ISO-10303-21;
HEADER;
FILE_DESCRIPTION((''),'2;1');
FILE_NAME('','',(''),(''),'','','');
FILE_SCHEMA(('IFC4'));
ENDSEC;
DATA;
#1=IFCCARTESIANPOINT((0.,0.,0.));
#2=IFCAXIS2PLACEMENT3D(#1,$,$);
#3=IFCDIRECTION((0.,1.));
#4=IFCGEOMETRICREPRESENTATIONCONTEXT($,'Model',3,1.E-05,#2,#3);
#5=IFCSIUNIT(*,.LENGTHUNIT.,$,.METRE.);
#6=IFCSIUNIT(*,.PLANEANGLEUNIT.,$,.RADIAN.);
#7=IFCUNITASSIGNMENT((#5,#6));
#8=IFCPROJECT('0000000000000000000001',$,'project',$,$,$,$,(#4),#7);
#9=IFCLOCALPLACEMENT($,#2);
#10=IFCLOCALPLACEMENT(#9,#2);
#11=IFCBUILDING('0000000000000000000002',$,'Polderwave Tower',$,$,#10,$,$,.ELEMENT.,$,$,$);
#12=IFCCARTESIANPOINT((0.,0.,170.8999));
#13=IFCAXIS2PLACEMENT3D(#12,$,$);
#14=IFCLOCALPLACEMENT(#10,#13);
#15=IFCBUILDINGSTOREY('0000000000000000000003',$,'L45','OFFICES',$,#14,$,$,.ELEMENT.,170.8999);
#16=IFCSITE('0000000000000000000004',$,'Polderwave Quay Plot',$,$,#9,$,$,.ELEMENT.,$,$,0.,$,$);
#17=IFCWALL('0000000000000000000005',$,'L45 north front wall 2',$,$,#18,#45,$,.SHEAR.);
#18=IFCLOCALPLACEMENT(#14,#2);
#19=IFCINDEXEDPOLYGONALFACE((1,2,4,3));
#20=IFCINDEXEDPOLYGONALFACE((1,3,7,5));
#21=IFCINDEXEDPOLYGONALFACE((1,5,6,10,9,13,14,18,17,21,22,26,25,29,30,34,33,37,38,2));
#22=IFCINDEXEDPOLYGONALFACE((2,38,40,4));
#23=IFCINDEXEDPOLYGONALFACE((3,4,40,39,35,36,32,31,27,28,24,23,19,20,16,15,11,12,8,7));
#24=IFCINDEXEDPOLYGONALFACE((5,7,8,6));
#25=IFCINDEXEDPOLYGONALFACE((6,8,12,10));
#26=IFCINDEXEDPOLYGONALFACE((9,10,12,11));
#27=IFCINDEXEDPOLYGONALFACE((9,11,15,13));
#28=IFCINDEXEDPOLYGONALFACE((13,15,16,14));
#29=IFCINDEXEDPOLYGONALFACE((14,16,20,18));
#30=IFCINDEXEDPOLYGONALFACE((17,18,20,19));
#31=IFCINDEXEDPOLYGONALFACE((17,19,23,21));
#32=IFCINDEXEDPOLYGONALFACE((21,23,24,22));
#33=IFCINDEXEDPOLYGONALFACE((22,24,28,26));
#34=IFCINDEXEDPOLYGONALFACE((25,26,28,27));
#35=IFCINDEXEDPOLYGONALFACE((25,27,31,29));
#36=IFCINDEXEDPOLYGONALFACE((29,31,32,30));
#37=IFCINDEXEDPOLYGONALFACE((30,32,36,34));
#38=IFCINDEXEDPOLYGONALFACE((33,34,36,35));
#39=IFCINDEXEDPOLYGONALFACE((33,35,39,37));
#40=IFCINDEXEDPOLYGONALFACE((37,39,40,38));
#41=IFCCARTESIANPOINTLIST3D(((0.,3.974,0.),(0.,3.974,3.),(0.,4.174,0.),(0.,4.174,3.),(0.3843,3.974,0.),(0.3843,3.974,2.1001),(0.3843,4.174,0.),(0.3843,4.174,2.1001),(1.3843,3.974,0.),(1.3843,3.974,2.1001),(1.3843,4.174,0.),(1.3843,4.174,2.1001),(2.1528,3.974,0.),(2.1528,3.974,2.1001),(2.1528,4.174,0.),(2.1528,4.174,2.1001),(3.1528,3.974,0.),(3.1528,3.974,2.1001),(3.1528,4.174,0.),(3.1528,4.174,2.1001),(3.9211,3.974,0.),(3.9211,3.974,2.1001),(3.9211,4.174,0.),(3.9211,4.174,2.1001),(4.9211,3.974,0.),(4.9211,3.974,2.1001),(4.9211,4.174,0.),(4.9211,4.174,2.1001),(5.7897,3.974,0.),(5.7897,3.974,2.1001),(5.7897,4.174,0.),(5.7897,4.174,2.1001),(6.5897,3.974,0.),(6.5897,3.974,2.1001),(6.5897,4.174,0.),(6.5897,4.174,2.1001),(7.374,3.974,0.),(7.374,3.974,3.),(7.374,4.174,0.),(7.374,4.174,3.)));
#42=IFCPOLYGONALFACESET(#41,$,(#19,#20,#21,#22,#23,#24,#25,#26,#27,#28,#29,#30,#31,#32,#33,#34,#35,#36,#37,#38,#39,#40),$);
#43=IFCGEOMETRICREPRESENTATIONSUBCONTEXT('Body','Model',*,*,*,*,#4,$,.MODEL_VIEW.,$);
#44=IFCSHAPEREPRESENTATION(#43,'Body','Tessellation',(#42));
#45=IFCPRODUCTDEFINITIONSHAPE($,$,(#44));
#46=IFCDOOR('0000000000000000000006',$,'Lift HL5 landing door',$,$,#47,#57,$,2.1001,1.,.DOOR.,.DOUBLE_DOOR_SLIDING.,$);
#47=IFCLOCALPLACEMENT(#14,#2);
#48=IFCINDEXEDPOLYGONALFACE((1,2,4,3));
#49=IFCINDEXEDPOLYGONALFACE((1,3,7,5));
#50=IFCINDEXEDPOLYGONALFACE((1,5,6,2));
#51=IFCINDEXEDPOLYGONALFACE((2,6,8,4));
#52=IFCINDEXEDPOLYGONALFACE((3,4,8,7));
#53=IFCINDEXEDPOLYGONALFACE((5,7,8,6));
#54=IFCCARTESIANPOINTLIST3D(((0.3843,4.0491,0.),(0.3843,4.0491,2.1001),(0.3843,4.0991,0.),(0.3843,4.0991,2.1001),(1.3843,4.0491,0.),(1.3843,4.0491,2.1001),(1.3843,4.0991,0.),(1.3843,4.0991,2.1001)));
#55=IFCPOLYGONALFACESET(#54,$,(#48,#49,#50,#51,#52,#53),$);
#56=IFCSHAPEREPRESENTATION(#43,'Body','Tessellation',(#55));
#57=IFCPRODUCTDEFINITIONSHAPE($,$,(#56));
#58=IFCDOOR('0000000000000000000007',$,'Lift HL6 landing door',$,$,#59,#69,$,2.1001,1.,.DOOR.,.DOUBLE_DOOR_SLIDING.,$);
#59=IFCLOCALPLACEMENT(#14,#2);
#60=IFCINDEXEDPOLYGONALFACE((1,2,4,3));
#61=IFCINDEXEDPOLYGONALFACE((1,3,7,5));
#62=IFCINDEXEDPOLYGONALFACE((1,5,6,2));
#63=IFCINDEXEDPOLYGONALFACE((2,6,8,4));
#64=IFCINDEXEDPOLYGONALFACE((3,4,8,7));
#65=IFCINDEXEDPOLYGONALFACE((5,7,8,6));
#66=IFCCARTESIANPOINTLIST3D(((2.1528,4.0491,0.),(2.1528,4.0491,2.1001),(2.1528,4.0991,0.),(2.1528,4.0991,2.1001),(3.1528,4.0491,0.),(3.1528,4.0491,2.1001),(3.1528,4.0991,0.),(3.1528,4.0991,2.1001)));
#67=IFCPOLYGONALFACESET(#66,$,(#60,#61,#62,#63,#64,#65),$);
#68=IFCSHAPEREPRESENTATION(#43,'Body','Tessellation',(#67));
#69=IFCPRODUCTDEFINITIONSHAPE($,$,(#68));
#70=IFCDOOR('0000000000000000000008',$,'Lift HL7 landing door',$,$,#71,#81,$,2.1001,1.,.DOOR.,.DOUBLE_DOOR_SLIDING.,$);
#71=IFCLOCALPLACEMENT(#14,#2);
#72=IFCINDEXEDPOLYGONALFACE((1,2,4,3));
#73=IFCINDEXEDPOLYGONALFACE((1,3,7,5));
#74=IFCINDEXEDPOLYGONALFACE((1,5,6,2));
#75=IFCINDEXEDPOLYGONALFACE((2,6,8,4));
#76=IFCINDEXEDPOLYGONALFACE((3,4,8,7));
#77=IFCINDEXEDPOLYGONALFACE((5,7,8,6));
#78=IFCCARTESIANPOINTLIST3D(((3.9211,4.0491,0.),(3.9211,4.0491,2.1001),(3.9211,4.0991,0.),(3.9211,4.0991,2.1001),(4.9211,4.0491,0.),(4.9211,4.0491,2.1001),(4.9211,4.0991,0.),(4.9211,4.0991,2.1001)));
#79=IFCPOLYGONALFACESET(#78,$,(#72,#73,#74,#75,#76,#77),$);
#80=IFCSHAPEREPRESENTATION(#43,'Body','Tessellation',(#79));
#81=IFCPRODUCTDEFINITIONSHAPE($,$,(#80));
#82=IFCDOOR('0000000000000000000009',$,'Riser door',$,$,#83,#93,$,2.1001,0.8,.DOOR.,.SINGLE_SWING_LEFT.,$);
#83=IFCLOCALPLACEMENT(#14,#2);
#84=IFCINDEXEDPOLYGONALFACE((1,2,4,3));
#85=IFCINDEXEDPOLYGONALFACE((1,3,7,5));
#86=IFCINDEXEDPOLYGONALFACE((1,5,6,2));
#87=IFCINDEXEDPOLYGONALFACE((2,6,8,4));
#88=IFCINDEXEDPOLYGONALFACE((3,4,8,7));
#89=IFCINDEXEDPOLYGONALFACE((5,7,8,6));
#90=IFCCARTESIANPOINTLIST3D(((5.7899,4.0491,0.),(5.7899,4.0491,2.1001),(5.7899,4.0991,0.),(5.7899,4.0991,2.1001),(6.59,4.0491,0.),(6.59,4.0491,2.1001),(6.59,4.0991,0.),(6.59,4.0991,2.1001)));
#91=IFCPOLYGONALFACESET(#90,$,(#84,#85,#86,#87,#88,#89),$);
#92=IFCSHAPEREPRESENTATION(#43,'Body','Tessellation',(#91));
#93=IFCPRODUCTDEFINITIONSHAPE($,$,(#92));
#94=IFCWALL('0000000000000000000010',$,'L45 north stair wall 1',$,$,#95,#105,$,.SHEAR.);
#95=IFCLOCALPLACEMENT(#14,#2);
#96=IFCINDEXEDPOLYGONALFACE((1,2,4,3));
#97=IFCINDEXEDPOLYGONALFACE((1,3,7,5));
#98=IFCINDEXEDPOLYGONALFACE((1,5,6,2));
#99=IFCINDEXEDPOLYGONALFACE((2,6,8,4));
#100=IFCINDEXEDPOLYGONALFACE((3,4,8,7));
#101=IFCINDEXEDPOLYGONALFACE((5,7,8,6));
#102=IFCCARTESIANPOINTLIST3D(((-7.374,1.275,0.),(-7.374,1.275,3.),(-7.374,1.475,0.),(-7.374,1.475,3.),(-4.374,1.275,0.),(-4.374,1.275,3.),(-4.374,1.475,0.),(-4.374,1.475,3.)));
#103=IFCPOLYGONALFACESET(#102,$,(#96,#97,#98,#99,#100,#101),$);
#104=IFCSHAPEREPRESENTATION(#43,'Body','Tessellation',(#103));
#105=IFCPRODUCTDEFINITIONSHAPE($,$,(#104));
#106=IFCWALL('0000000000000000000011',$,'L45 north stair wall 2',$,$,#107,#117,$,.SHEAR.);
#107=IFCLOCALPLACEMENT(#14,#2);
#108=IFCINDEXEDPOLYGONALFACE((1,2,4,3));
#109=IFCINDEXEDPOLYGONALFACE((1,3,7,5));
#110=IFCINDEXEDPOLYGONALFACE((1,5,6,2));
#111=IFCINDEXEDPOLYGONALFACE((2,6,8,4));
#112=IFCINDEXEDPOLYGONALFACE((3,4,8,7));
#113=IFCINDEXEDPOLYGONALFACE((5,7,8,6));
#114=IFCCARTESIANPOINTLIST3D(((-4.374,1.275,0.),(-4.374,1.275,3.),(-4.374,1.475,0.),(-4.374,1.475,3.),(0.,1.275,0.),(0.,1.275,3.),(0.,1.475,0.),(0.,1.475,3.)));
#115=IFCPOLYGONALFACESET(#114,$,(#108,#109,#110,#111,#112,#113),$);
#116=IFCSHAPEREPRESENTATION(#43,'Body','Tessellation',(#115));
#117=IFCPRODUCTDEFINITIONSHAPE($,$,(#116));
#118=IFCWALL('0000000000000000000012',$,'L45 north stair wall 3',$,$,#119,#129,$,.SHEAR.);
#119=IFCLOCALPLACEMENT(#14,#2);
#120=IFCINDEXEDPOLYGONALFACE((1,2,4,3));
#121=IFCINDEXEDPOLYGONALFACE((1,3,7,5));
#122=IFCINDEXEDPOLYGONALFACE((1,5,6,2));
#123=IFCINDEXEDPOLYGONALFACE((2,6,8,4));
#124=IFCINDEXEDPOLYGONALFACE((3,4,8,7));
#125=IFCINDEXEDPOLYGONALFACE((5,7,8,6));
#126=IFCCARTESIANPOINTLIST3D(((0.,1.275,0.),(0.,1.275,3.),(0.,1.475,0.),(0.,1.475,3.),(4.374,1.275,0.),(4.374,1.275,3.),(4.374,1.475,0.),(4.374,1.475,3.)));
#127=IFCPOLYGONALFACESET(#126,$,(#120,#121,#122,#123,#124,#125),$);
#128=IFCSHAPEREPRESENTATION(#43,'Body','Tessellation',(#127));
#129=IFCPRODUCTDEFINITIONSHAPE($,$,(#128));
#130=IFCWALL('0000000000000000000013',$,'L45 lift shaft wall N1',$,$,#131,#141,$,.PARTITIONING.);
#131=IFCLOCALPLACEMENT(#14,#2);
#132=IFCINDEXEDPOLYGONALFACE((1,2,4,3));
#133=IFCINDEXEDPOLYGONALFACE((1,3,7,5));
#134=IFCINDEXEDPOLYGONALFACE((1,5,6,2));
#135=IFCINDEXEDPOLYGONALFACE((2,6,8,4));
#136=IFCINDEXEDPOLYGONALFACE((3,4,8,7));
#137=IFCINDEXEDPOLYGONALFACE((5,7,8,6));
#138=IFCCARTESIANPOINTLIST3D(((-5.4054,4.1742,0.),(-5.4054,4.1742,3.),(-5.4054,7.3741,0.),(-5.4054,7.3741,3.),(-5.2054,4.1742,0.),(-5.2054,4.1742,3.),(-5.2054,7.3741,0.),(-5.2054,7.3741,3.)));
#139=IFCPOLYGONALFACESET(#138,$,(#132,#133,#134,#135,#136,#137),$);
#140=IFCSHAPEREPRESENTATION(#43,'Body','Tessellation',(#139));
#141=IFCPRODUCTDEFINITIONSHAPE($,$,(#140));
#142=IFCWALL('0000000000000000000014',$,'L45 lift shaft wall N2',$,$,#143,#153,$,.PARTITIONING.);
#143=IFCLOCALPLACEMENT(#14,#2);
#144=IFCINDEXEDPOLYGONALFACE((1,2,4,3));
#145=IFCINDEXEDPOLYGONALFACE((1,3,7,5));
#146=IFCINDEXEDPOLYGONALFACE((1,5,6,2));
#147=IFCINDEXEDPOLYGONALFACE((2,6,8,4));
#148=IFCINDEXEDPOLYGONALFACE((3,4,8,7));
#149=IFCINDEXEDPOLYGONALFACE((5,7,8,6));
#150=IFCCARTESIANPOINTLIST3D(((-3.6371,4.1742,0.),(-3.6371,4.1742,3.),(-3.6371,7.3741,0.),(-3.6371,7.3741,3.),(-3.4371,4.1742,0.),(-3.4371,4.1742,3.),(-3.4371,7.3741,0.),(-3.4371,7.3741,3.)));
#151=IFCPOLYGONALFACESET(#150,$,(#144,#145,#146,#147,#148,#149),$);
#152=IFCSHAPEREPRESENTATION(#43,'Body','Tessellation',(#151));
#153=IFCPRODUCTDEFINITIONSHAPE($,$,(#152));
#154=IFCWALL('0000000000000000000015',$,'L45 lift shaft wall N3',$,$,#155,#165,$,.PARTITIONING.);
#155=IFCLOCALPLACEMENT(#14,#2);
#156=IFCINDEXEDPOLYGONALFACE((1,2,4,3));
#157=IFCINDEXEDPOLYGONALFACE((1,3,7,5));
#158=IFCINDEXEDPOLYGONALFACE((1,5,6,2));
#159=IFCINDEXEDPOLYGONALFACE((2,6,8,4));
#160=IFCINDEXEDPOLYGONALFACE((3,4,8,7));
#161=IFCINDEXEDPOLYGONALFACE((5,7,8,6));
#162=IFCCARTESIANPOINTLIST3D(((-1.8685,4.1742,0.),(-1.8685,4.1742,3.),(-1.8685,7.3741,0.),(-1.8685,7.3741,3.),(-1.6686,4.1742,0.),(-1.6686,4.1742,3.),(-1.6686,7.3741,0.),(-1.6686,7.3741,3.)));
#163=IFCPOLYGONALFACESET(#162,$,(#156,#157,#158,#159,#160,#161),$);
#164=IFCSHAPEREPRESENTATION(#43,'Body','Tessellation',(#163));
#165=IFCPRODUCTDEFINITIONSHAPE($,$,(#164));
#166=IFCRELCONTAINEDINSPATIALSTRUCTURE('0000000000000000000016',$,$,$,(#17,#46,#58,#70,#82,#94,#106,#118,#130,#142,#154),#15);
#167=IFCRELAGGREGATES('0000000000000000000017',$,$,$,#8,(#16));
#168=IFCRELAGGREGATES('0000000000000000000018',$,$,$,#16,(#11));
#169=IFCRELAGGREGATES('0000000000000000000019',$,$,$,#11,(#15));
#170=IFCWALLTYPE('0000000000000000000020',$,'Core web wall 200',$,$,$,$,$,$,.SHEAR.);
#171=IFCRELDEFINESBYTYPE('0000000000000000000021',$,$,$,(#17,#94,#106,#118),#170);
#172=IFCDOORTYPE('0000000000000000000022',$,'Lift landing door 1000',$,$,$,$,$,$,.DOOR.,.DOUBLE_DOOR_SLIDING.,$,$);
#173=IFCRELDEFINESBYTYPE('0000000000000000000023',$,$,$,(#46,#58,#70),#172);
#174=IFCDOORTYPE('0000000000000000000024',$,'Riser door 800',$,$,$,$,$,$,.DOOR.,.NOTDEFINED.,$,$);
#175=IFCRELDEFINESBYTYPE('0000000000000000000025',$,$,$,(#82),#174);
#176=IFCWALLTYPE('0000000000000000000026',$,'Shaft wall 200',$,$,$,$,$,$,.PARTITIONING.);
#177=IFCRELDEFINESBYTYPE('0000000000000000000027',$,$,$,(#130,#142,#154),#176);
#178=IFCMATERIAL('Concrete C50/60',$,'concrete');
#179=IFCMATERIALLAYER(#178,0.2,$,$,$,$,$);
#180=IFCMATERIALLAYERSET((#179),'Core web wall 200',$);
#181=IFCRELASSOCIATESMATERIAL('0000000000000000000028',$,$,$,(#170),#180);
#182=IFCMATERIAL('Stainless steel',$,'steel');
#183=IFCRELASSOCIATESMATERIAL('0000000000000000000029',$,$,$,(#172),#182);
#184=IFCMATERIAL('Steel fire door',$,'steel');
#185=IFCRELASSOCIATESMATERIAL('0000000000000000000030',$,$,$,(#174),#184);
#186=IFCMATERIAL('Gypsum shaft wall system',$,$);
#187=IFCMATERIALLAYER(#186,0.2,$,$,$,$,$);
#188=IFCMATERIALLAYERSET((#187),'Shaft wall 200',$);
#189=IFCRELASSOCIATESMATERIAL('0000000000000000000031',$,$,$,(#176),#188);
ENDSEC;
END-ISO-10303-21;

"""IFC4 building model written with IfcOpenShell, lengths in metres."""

from ifc_helpers import new_model, si_unit, direction, frame, frame_2d, origin, place, context, subcontext, project, spatial, rectangle, extrude, material, layer, layer_set, type_object, element, fill, save


model = new_model("IFC4")

# Units and contexts
model_context = context("Model", 3, precision=1e-05, world=origin(), true_north=direction((0.0, 1.0)))
body_context = subcontext(model_context, "Body", "Model", "MODEL_VIEW")
ifc_project = project(units=[si_unit("LENGTHUNIT", "METRE"), si_unit("PLANEANGLEUNIT", "RADIAN")], contexts=[model_context])

# Site, building, storey
site_placement = place(None, origin())
site = spatial("IfcSite", under=ifc_project, at=site_placement, Name="Polderwave Quay Plot", CompositionType="ELEMENT", RefElevation=0.0)
building_placement = place(site_placement, origin())
building = spatial("IfcBuilding", under=site, at=building_placement, Name="Polderwave Tower", CompositionType="ELEMENT")
storey_placement = place(building_placement, frame((0.0, 0.0, 170.8999)))
storey = spatial("IfcBuildingStorey", under=building, at=storey_placement, Name="L45", Description="OFFICES", CompositionType="ELEMENT", Elevation=170.8999)

# Wall, openings, doors
ifc_material_1 = material(Name="Concrete C50/60", Category="concrete")
ifc_layer_1 = layer(ifc_material_1, 0.2)
ifc_layer_set_1 = layer_set([ifc_layer_1], Name="Core web wall 200")
wall_type_1 = type_object("IfcWallType", Name="Core web wall 200", PredefinedType="SHEAR", material=ifc_layer_set_1)
ifc_material_2 = material(Name="Stainless steel", Category="steel")
door_type_1 = type_object("IfcDoorType", Name="Lift landing door 1000", OperationType="DOUBLE_DOOR_SLIDING", PredefinedType="DOOR", material=ifc_material_2)
wall_1_placement = place(storey_placement, frame((0.0, 4.074, 0.0), z_axis=(0.0, 0.0, 1.0), x_axis=(1.0, 0.0, 0.0)))
wall_1 = element("IfcWall", 1, at=wall_1_placement, inside=storey, type_object=wall_type_1, Name="L45 north front wall 2", PredefinedType="SHEAR", context=body_context, shape_type="SweptSolid", body=[
    extrude(rectangle(XDim=7.374, YDim=0.2, at=frame_2d((3.687, 0.0))), origin(), (0.0, 0.0, 1.0), 3.0),
])
opening_1_placement = place(wall_1_placement, frame((0.3843, 0.0, 0.0)))
opening_1 = element("IfcOpeningElement", 2, at=opening_1_placement, cuts=wall_1, PredefinedType="OPENING", context=body_context, shape_type="SweptSolid", body=[
    extrude(rectangle(XDim=1.0, YDim=2.1001, at=frame_2d((0.5, 1.05))), frame((0.0, 0.1099, 0.0), z_axis=(0.0, -1.0, 0.0), x_axis=(1.0, 0.0, 0.0)), (0.0, 0.0, 1.0), 0.22),
])
opening_2_placement = place(wall_1_placement, frame((2.1528, 0.0, 0.0)))
opening_2 = element("IfcOpeningElement", 3, at=opening_2_placement, cuts=wall_1, PredefinedType="OPENING", context=body_context, shape_type="SweptSolid", body=[
    extrude(rectangle(XDim=1.0, YDim=2.1001, at=frame_2d((0.5, 1.05))), frame((0.0, 0.1099, 0.0), z_axis=(0.0, -1.0, 0.0), x_axis=(1.0, 0.0, 0.0)), (0.0, 0.0, 1.0), 0.22),
])
opening_3_placement = place(wall_1_placement, frame((3.9211, 0.0, 0.0)))
opening_3 = element("IfcOpeningElement", 4, at=opening_3_placement, cuts=wall_1, PredefinedType="OPENING", context=body_context, shape_type="SweptSolid", body=[
    extrude(rectangle(XDim=1.0, YDim=2.1001, at=frame_2d((0.5, 1.05))), frame((0.0, 0.1099, 0.0), z_axis=(0.0, -1.0, 0.0), x_axis=(1.0, 0.0, 0.0)), (0.0, 0.0, 1.0), 0.22),
])
opening_4_placement = place(wall_1_placement, frame((5.7898, 0.0, 0.0)))
opening_4 = element("IfcOpeningElement", 5, at=opening_4_placement, cuts=wall_1, PredefinedType="OPENING", context=body_context, shape_type="SweptSolid", body=[
    extrude(rectangle(XDim=0.8, YDim=2.1001, at=frame_2d((0.3999, 1.05))), frame((0.0, 0.1099, 0.0), z_axis=(0.0, -1.0, 0.0), x_axis=(1.0, 0.0, 0.0)), (0.0, 0.0, 1.0), 0.22),
])
door_1_placement = place(opening_1_placement, frame((1.0, 0.0, 0.0), z_axis=(0.0, 0.0, 1.0), x_axis=(-1.0, 0.0, 0.0)))
door_1 = element("IfcDoor", 6, at=door_1_placement, inside=storey, type_object=door_type_1, Name="Lift HL5 landing door", OperationType="DOUBLE_DOOR_SLIDING", OverallHeight=2.1001, OverallWidth=1.0, PredefinedType="DOOR", context=body_context, shape_type="SweptSolid", body=[
    extrude(rectangle(XDim=1.0, YDim=2.1001, at=frame_2d((0.5, 1.05))), frame((0.0, 0.0249, 0.0), z_axis=(0.0, -1.0, 0.0), x_axis=(1.0, 0.0, 0.0)), (0.0, 0.0, 1.0), 0.05),
])
fill(opening_1, door_1)
door_2_placement = place(opening_2_placement, frame((1.0, 0.0, 0.0), z_axis=(0.0, 0.0, 1.0), x_axis=(-1.0, 0.0, 0.0)))
door_2 = element("IfcDoor", 7, at=door_2_placement, inside=storey, type_object=door_type_1, Name="Lift HL6 landing door", OperationType="DOUBLE_DOOR_SLIDING", OverallHeight=2.1001, OverallWidth=1.0, PredefinedType="DOOR", context=body_context, shape_type="SweptSolid", body=[
    extrude(rectangle(XDim=1.0, YDim=2.1001, at=frame_2d((0.5, 1.05))), frame((0.0, 0.0249, 0.0), z_axis=(0.0, -1.0, 0.0), x_axis=(1.0, 0.0, 0.0)), (0.0, 0.0, 1.0), 0.05),
])
fill(opening_2, door_2)
door_3_placement = place(opening_3_placement, frame((1.0, 0.0, 0.0), z_axis=(0.0, 0.0, 1.0), x_axis=(-1.0, 0.0, 0.0)))
door_3 = element("IfcDoor", 8, at=door_3_placement, inside=storey, type_object=door_type_1, Name="Lift HL7 landing door", OperationType="DOUBLE_DOOR_SLIDING", OverallHeight=2.1001, OverallWidth=1.0, PredefinedType="DOOR", context=body_context, shape_type="SweptSolid", body=[
    extrude(rectangle(XDim=1.0, YDim=2.1001, at=frame_2d((0.5, 1.05))), frame((0.0, 0.0249, 0.0), z_axis=(0.0, -1.0, 0.0), x_axis=(1.0, 0.0, 0.0)), (0.0, 0.0, 1.0), 0.05),
])
fill(opening_3, door_3)
ifc_material_3 = material(Name="Steel fire door", Category="steel")
door_type_2 = type_object("IfcDoorType", Name="Riser door 800", OperationType="NOTDEFINED", PredefinedType="DOOR", material=ifc_material_3)
door_4_placement = place(opening_4_placement, frame((0.8, 0.0, 0.0), z_axis=(0.0, 0.0, 1.0), x_axis=(-1.0, 0.0, 0.0)))
door_4 = element("IfcDoor", 9, at=door_4_placement, inside=storey, type_object=door_type_2, Name="Riser door", OperationType="SINGLE_SWING_LEFT", OverallHeight=2.1001, OverallWidth=0.8, PredefinedType="DOOR", context=body_context, shape_type="SweptSolid", body=[
    extrude(rectangle(XDim=0.8, YDim=2.1001, at=frame_2d((0.3999, 1.05))), frame((0.0, 0.0249, 0.0), z_axis=(0.0, -1.0, 0.0), x_axis=(1.0, 0.0, 0.0)), (0.0, 0.0, 1.0), 0.05),
])
fill(opening_4, door_4)

# Walls
wall_2_placement = place(storey_placement, frame((-7.374, 1.375, 0.0), z_axis=(0.0, 0.0, 1.0), x_axis=(1.0, 0.0, 0.0)))
element("IfcWall", 10, at=wall_2_placement, inside=storey, type_object=wall_type_1, Name="L45 north stair wall 1", PredefinedType="SHEAR", context=body_context, shape_type="SweptSolid", body=[
    extrude(rectangle(XDim=3.0, YDim=0.2, at=frame_2d((1.5, 0.0))), origin(), (0.0, 0.0, 1.0), 3.0),
])
for number, where, z_axis, x_axis, name in (
    (11, (-4.374, 1.375, 0.0), (0.0, 0.0, 1.0), (1.0, 0.0, 0.0), "L45 north stair wall 2"),
    (12, (0.0, 1.375, 0.0), (0.0, 0.0, 1.0), (1.0, 0.0, 0.0), "L45 north stair wall 3"),
):
    element("IfcWall", number, at=place(storey_placement, frame(where, z_axis=z_axis, x_axis=x_axis)), inside=storey, type_object=wall_type_1, Name=name, PredefinedType="SHEAR", context=body_context, shape_type="SweptSolid", body=[
        extrude(rectangle(XDim=4.374, YDim=0.2, at=frame_2d((2.187, 0.0))), origin(), (0.0, 0.0, 1.0), 3.0),
    ])
ifc_material_4 = material(Name="Gypsum shaft wall system")
ifc_layer_2 = layer(ifc_material_4, 0.2)
ifc_layer_set_2 = layer_set([ifc_layer_2], Name="Shaft wall 200")
wall_type_2 = type_object("IfcWallType", Name="Shaft wall 200", PredefinedType="PARTITIONING", material=ifc_layer_set_2)
for number, where, z_axis, x_axis, name in (
    (13, (-5.3054, 4.1741, 0.0), (0.0, 0.0, 1.0), (0.0, 1.0, 0.0), "L45 lift shaft wall N1"),
    (14, (-3.5371, 4.1741, 0.0), (0.0, 0.0, 1.0), (0.0, 1.0, 0.0), "L45 lift shaft wall N2"),
    (15, (-1.7686, 4.1741, 0.0), (0.0, 0.0, 1.0), (0.0, 1.0, 0.0), "L45 lift shaft wall N3"),
):
    element("IfcWall", number, at=place(storey_placement, frame(where, z_axis=z_axis, x_axis=x_axis)), inside=storey, type_object=wall_type_2, Name=name, PredefinedType="PARTITIONING", context=body_context, shape_type="SweptSolid", body=[
        extrude(rectangle(XDim=3.2, YDim=0.2, at=frame_2d((1.6001, 0.0))), origin(), (0.0, 0.0, 1.0), 3.0),
    ])

save(model, "model.ifc")
